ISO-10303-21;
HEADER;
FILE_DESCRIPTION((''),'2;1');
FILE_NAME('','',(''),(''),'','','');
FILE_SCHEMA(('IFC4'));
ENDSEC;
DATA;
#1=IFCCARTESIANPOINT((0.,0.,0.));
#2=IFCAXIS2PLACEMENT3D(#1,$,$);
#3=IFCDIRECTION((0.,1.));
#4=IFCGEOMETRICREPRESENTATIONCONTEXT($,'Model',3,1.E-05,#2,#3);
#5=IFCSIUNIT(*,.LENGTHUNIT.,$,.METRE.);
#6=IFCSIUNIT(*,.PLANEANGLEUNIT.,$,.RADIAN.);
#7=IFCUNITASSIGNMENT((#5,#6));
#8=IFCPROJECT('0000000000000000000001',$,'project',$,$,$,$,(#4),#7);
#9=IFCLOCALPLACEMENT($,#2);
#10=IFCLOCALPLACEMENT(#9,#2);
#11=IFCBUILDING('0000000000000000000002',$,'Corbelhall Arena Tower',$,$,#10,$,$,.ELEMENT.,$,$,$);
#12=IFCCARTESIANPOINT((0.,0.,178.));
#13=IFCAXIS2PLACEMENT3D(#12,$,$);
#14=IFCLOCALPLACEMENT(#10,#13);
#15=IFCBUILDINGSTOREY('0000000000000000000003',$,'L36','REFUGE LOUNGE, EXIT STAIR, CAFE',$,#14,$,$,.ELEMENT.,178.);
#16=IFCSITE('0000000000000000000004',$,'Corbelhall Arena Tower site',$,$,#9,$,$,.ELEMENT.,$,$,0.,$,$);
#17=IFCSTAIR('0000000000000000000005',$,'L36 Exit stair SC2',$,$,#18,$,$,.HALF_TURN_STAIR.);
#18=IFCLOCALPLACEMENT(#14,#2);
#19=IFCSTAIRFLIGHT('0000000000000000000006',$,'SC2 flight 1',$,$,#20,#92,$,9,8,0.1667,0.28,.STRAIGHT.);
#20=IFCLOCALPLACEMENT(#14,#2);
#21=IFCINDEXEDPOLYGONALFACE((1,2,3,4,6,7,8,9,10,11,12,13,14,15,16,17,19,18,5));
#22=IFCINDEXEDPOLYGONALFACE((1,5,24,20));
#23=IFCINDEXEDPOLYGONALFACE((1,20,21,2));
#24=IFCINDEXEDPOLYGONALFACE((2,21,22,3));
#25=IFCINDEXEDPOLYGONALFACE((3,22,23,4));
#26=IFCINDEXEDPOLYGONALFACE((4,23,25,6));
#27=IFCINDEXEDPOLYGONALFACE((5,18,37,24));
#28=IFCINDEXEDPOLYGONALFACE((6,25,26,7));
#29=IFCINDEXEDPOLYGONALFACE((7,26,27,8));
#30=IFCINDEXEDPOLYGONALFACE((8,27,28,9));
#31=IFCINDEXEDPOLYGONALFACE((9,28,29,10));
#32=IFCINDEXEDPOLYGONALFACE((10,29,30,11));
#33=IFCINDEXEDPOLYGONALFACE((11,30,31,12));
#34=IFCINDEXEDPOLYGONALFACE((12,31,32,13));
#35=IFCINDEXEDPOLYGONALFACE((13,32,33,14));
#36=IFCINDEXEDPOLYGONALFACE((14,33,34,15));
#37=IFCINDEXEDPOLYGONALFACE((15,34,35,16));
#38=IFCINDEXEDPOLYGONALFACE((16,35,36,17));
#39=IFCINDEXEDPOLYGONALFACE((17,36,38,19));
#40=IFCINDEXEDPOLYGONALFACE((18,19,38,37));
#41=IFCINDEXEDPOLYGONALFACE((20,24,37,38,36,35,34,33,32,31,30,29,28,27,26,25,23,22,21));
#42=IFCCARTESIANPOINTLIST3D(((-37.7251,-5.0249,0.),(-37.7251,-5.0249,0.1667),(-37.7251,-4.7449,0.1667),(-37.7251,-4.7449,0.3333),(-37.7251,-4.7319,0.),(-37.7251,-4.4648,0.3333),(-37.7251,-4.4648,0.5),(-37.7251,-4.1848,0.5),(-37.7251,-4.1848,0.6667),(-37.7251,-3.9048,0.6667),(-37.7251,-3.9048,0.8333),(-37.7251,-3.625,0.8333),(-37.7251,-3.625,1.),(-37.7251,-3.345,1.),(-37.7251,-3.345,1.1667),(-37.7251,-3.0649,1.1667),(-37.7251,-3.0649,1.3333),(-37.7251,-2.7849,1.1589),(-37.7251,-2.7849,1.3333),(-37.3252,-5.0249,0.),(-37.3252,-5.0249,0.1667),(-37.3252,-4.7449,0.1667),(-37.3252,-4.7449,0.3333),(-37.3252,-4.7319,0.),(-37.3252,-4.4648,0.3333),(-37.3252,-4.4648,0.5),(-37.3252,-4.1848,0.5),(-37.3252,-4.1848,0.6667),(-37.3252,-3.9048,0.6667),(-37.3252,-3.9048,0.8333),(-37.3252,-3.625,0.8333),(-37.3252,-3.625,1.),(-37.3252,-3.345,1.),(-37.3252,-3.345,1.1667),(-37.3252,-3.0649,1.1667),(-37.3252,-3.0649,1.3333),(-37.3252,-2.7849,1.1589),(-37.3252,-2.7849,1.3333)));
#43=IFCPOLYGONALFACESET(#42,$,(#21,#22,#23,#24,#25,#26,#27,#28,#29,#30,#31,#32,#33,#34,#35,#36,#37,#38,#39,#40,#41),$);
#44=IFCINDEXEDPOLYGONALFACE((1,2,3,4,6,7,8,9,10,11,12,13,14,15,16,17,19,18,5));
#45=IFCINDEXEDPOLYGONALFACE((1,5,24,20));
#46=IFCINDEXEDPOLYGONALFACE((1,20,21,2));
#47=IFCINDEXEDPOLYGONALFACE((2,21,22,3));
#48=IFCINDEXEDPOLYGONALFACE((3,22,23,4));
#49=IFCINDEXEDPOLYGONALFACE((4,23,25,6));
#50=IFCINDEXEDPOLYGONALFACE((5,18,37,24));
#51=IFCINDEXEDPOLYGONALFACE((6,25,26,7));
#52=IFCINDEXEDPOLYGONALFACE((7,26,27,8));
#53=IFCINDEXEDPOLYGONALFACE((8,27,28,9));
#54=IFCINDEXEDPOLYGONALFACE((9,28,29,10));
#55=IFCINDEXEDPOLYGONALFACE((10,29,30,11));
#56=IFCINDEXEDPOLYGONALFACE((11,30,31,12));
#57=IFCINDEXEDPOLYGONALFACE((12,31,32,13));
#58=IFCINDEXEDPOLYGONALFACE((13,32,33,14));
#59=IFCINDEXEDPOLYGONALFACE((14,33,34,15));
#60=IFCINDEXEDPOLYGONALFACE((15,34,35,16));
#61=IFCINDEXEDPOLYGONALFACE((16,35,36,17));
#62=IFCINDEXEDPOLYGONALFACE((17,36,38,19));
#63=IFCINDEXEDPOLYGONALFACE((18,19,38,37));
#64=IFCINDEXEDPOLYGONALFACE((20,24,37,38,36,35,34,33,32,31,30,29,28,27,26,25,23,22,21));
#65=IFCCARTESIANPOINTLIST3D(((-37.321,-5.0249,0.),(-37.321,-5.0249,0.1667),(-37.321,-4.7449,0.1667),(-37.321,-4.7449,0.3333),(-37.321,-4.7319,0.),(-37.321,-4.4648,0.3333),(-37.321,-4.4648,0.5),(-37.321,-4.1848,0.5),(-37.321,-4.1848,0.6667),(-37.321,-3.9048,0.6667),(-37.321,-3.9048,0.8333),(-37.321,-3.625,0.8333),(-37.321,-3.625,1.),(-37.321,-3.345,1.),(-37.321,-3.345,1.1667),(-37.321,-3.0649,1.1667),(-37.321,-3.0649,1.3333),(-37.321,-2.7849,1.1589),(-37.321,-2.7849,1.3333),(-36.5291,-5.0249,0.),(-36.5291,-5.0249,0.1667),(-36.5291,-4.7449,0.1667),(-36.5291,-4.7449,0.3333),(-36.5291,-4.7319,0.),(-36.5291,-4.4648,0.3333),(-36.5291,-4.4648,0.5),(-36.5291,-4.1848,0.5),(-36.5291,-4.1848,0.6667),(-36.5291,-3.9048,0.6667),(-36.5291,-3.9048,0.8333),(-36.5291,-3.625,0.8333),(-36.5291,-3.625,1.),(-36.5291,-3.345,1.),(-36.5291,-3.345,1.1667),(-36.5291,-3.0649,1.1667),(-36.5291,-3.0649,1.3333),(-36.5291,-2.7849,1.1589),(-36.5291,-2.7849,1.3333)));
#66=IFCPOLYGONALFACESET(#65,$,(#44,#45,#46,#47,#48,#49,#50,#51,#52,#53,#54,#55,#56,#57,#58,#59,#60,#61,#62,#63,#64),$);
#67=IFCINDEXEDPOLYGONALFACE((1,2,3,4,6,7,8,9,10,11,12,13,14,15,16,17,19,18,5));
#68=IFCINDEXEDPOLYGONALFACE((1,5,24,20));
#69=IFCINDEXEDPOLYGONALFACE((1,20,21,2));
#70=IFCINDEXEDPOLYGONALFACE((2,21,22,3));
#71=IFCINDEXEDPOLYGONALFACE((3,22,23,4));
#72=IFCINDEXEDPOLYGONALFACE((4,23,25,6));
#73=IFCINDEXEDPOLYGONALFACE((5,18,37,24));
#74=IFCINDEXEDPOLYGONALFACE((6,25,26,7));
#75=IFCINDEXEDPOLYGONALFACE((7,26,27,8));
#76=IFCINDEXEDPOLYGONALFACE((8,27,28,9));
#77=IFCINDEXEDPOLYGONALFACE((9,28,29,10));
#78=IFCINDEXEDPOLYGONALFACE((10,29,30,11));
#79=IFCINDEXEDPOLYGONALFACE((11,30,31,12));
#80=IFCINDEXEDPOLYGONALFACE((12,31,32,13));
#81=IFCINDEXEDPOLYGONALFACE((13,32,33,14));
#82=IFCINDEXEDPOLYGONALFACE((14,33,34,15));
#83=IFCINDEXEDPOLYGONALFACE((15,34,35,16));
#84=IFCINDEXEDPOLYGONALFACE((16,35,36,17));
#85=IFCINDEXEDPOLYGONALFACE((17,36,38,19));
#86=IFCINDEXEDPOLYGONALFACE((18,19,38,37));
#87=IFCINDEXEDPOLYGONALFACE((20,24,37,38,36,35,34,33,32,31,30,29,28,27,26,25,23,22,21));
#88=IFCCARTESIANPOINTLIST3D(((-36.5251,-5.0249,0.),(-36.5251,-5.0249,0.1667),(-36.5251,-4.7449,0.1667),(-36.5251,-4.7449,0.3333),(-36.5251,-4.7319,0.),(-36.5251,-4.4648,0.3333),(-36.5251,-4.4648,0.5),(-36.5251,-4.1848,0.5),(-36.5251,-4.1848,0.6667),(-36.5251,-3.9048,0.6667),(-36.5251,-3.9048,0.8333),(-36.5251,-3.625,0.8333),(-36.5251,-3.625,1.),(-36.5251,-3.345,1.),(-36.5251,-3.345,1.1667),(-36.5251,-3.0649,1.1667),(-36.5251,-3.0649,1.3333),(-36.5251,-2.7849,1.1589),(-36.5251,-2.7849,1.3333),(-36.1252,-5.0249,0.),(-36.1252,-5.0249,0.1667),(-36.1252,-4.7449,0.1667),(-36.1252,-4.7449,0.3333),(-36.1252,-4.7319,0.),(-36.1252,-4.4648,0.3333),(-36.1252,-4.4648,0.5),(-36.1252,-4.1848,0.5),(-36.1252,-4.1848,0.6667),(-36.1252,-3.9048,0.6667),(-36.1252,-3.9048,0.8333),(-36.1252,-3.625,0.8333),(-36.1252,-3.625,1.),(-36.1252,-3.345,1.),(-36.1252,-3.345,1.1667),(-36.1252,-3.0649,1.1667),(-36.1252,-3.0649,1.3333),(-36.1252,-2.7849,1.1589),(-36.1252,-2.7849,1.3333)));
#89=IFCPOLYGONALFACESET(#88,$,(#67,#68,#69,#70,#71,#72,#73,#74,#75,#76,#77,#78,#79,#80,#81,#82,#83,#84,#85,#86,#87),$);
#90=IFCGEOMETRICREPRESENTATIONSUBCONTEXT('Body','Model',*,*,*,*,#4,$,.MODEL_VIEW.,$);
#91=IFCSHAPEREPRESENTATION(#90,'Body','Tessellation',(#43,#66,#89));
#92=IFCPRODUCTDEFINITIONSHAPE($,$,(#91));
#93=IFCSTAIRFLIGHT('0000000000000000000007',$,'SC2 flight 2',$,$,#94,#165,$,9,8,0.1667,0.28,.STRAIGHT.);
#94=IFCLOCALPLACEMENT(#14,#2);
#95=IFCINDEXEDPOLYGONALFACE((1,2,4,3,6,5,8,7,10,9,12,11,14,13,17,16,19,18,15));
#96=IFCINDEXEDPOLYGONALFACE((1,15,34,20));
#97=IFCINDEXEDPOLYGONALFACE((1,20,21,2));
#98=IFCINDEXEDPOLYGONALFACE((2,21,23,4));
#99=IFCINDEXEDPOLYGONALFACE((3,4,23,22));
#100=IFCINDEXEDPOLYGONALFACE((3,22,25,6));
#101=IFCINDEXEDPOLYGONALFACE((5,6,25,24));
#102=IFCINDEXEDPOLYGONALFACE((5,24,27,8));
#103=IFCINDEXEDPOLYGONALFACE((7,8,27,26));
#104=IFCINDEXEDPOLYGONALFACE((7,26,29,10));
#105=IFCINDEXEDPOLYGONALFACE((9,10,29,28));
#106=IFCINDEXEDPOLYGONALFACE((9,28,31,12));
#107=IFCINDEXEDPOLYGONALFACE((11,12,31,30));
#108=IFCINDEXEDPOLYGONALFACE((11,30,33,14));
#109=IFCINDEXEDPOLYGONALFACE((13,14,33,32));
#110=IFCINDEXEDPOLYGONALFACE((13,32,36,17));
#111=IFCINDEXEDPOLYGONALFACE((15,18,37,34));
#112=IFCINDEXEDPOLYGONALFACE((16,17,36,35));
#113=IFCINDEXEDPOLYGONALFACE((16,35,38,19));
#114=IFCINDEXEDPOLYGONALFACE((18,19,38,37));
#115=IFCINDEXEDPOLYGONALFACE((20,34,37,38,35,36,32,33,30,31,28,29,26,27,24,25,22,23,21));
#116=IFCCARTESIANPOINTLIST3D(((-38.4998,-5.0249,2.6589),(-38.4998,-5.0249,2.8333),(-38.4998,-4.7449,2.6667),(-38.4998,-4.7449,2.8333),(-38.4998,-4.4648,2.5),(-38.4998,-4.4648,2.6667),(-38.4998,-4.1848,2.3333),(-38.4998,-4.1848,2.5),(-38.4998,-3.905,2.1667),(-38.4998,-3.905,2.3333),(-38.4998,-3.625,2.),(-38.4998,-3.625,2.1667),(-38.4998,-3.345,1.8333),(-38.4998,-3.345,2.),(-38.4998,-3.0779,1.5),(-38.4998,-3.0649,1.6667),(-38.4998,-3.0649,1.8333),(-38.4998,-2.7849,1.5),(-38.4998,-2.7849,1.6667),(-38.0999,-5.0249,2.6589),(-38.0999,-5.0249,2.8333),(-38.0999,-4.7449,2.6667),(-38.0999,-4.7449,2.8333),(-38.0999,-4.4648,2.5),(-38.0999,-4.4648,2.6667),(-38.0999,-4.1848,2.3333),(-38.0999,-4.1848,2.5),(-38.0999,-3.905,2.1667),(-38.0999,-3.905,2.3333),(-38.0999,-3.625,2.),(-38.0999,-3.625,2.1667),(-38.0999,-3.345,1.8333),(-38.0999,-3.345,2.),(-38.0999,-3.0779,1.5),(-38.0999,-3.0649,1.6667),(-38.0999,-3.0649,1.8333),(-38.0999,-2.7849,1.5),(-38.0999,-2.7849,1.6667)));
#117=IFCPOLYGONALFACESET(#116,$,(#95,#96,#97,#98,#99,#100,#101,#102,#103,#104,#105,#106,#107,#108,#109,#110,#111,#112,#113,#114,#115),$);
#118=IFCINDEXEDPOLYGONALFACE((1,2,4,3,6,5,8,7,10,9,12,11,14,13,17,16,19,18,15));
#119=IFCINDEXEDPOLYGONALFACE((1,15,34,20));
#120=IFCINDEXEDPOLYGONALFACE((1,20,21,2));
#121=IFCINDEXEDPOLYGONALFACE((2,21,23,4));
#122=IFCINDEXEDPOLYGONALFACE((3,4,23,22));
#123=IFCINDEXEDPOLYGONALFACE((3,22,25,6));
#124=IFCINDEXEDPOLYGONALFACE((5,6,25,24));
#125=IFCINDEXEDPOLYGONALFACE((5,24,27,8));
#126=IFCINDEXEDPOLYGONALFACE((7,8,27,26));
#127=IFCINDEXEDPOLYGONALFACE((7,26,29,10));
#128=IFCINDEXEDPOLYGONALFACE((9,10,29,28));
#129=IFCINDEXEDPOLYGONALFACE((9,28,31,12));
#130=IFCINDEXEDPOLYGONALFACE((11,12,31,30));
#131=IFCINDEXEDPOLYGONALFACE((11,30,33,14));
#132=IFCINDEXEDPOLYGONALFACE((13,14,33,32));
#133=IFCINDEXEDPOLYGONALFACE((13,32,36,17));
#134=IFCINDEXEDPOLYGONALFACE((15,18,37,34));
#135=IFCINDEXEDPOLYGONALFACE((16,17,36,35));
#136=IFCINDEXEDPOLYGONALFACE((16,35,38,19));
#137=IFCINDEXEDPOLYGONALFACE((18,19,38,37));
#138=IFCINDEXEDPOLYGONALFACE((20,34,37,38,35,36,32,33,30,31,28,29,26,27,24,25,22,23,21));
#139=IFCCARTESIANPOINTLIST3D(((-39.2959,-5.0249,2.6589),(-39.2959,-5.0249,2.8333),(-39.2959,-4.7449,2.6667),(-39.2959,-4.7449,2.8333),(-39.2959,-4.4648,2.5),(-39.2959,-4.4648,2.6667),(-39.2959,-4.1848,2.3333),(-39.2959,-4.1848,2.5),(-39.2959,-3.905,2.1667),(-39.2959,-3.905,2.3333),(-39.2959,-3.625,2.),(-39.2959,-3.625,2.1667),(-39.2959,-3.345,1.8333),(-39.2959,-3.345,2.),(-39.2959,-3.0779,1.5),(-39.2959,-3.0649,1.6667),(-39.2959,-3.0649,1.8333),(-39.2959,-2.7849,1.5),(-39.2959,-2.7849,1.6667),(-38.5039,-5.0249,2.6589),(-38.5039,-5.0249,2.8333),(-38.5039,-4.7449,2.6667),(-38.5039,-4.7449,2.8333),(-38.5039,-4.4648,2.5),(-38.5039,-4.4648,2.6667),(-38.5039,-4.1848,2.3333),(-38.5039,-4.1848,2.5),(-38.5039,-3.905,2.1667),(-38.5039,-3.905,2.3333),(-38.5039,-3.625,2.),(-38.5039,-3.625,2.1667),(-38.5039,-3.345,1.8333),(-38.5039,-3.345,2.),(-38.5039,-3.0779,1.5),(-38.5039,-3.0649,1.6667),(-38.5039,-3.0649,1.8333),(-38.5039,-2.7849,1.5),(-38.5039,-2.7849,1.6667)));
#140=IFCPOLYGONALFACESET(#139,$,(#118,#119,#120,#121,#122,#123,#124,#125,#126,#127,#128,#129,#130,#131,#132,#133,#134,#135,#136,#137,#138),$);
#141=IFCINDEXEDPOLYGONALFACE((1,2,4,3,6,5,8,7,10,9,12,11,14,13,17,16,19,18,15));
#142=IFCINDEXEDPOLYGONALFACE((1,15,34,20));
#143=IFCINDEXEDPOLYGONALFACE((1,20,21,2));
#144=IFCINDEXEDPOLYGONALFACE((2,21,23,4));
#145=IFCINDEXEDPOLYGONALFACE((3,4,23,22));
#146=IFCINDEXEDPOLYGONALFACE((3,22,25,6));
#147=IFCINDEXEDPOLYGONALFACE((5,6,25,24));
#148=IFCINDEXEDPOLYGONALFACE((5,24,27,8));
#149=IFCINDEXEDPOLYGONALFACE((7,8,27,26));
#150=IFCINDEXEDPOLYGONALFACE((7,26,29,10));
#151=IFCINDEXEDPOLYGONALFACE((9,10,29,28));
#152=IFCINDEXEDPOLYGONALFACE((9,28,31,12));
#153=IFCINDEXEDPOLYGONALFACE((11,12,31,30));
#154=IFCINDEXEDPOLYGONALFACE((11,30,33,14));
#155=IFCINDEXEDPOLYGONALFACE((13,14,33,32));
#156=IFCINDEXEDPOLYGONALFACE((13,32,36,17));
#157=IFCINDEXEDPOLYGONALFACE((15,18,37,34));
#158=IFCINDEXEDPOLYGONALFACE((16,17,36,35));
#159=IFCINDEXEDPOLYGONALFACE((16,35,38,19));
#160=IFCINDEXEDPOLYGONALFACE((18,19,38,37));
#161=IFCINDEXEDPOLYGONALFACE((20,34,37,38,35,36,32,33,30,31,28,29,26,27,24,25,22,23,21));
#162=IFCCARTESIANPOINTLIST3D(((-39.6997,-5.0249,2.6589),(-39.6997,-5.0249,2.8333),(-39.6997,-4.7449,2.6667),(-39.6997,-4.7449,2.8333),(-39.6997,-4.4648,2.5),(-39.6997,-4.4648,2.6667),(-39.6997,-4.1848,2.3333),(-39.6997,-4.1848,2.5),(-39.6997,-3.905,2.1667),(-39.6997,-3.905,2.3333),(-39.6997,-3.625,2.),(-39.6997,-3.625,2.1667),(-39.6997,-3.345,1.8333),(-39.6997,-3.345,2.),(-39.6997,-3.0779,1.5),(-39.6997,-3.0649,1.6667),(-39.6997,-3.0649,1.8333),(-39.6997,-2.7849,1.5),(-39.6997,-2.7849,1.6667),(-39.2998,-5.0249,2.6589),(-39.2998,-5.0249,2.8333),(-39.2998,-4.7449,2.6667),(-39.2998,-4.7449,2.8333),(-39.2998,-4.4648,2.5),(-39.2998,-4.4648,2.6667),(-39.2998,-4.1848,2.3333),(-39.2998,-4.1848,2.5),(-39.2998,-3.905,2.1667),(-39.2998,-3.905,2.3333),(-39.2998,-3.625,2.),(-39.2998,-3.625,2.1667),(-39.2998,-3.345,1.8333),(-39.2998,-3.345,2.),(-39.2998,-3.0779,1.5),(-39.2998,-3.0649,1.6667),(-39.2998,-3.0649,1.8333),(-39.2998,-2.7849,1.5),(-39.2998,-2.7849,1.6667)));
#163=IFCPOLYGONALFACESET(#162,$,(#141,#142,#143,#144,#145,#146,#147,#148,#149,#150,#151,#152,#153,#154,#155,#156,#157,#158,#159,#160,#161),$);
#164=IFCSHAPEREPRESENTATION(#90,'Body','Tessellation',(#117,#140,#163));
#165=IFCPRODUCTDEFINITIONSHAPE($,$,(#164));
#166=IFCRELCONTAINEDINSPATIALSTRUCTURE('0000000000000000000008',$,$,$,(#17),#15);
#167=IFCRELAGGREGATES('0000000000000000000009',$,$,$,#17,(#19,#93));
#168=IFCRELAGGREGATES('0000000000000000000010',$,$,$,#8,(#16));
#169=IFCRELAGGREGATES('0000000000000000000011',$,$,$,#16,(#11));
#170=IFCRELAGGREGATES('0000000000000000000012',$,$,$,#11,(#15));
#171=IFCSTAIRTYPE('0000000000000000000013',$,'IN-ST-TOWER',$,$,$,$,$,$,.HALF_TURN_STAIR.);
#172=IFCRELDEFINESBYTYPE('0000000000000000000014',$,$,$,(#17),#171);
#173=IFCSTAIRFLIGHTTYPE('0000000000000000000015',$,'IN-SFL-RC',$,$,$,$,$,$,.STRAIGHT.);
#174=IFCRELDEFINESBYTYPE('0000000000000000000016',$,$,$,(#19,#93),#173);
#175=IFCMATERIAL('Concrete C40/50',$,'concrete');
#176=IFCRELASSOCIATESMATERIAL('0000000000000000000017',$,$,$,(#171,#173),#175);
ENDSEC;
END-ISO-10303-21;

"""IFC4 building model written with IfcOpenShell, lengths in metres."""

from ifc_helpers import new_model, si_unit, direction, frame, origin, place, context, subcontext, project, spatial, polyline, outline, extrude, material, type_object, element, aggregate, save


model = new_model("IFC4")

# Units and contexts
model_context = context("Model", 3, precision=1e-05, world=origin(), true_north=direction((0.0, 1.0)))
body_context = subcontext(model_context, "Body", "Model", "MODEL_VIEW")
ifc_project = project(units=[si_unit("LENGTHUNIT", "METRE"), si_unit("PLANEANGLEUNIT", "RADIAN")], contexts=[model_context])

# Site, building, storey
site_placement = place(None, origin())
site = spatial("IfcSite", under=ifc_project, at=site_placement, Name="Corbelhall Arena Tower site", CompositionType="ELEMENT", RefElevation=0.0)
building_placement = place(site_placement, origin())
building = spatial("IfcBuilding", under=site, at=building_placement, Name="Corbelhall Arena Tower", CompositionType="ELEMENT")
storey_placement = place(building_placement, frame((0.0, 0.0, 178.0)))
storey = spatial("IfcBuildingStorey", under=building, at=storey_placement, Name="L36", Description="REFUGE LOUNGE, EXIT STAIR, CAFE", CompositionType="ELEMENT", Elevation=178.0)

# Shared definitions
ifc_material_1 = material(Name="Concrete C40/50", Category="concrete")

# Stair, stair flights
stair_type = type_object("IfcStairType", Name="IN-ST-TOWER", PredefinedType="HALF_TURN_STAIR", material=ifc_material_1)
stair_placement = place(storey_placement, origin())
stair = element("IfcStair", 1, at=stair_placement, inside=storey, type_object=stair_type, Name="L36 Exit stair SC2", PredefinedType="HALF_TURN_STAIR")
stair_flight_type = type_object("IfcStairFlightType", Name="IN-SFL-RC", PredefinedType="STRAIGHT", material=ifc_material_1)
stair_flight_1_placement = place(storey_placement, frame((-36.925, -5.0249, 0.0), z_axis=(0.0, 0.0, 1.0), x_axis=(0.0, 1.0, 0.0)))
stair_flight_1 = element("IfcStairFlight", 2, at=stair_flight_1_placement, type_object=stair_flight_type, Name="SC2 flight 1", NumberOfRisers=9, NumberOfTreads=8, PredefinedType="STRAIGHT", RiserHeight=0.1667, TreadLength=0.28, context=body_context, shape_type="SweptSolid", body=[
    extrude(outline(polyline([(0.0, 0.0), (0.0, 0.1667), (0.28, 0.1667), (0.28, 0.3333), (0.5601, 0.3333), (0.5601, 0.5), (0.8401, 0.5), (0.8401, 0.6667), (1.1201, 0.6667), (1.1201, 0.8333), (1.3999, 0.8333), (1.3999, 1.0), (1.6799, 1.0), (1.6799, 1.1667), (1.96, 1.1667), (1.96, 1.3333), (2.24, 1.3333), (2.24, 1.5), (2.24, 1.1589), (0.293, 0.0), (0.0, 0.0)])), frame((0.0, 0.8, 0.0), z_axis=(0.0, -1.0, 0.0), x_axis=(1.0, 0.0, 0.0)), (0.0, 0.0, 1.0), 0.3999),
    extrude(outline(polyline([(0.0, 0.0), (0.0, 0.1667), (0.28, 0.1667), (0.28, 0.3333), (0.5601, 0.3333), (0.5601, 0.5), (0.8401, 0.5), (0.8401, 0.6667), (1.1201, 0.6667), (1.1201, 0.8333), (1.3999, 0.8333), (1.3999, 1.0), (1.6799, 1.0), (1.6799, 1.1667), (1.96, 1.1667), (1.96, 1.3333), (2.24, 1.3333), (2.24, 1.5), (2.24, 1.1589), (0.293, 0.0), (0.0, 0.0)])), frame((0.0, 0.396, 0.0), z_axis=(0.0, -1.0, 0.0), x_axis=(1.0, 0.0, 0.0)), (0.0, 0.0, 1.0), 0.792),
    extrude(outline(polyline([(0.0, 0.0), (0.0, 0.1667), (0.28, 0.1667), (0.28, 0.3333), (0.5601, 0.3333), (0.5601, 0.5), (0.8401, 0.5), (0.8401, 0.6667), (1.1201, 0.6667), (1.1201, 0.8333), (1.3999, 0.8333), (1.3999, 1.0), (1.6799, 1.0), (1.6799, 1.1667), (1.96, 1.1667), (1.96, 1.3333), (2.24, 1.3333), (2.24, 1.5), (2.24, 1.1589), (0.293, 0.0), (0.0, 0.0)])), frame((0.0, -0.3999, 0.0), z_axis=(0.0, -1.0, 0.0), x_axis=(1.0, 0.0, 0.0)), (0.0, 0.0, 1.0), 0.3999),
])
stair_flight_2_placement = place(storey_placement, frame((-38.8999, -2.7849, 1.5), z_axis=(0.0, 0.0, 1.0), x_axis=(0.0, -1.0, 0.0)))
stair_flight_2 = element("IfcStairFlight", 3, at=stair_flight_2_placement, type_object=stair_flight_type, Name="SC2 flight 2", NumberOfRisers=9, NumberOfTreads=8, PredefinedType="STRAIGHT", RiserHeight=0.1667, TreadLength=0.28, context=body_context, shape_type="SweptSolid", body=[
    extrude(outline(polyline([(0.0, 0.0), (0.0, 0.1667), (0.28, 0.1667), (0.28, 0.3333), (0.5601, 0.3333), (0.5601, 0.5), (0.8401, 0.5), (0.8401, 0.6667), (1.1201, 0.6667), (1.1201, 0.8333), (1.3999, 0.8333), (1.3999, 1.0), (1.6799, 1.0), (1.6799, 1.1667), (1.96, 1.1667), (1.96, 1.3333), (2.24, 1.3333), (2.24, 1.5), (2.24, 1.1589), (0.293, 0.0), (0.0, 0.0)])), frame((0.0, 0.8, 0.0), z_axis=(0.0, -1.0, 0.0), x_axis=(1.0, 0.0, 0.0)), (0.0, 0.0, 1.0), 0.3999),
    extrude(outline(polyline([(0.0, 0.0), (0.0, 0.1667), (0.28, 0.1667), (0.28, 0.3333), (0.5601, 0.3333), (0.5601, 0.5), (0.8401, 0.5), (0.8401, 0.6667), (1.1201, 0.6667), (1.1201, 0.8333), (1.3999, 0.8333), (1.3999, 1.0), (1.6799, 1.0), (1.6799, 1.1667), (1.96, 1.1667), (1.96, 1.3333), (2.24, 1.3333), (2.24, 1.5), (2.24, 1.1589), (0.293, 0.0), (0.0, 0.0)])), frame((0.0, 0.396, 0.0), z_axis=(0.0, -1.0, 0.0), x_axis=(1.0, 0.0, 0.0)), (0.0, 0.0, 1.0), 0.792),
    extrude(outline(polyline([(0.0, 0.0), (0.0, 0.1667), (0.28, 0.1667), (0.28, 0.3333), (0.5601, 0.3333), (0.5601, 0.5), (0.8401, 0.5), (0.8401, 0.6667), (1.1201, 0.6667), (1.1201, 0.8333), (1.3999, 0.8333), (1.3999, 1.0), (1.6799, 1.0), (1.6799, 1.1667), (1.96, 1.1667), (1.96, 1.3333), (2.24, 1.3333), (2.24, 1.5), (2.24, 1.1589), (0.293, 0.0), (0.0, 0.0)])), frame((0.0, -0.3999, 0.0), z_axis=(0.0, -1.0, 0.0), x_axis=(1.0, 0.0, 0.0)), (0.0, 0.0, 1.0), 0.3999),
])
aggregate(stair, [stair_flight_1, stair_flight_2])

save(model, "model.ifc")
